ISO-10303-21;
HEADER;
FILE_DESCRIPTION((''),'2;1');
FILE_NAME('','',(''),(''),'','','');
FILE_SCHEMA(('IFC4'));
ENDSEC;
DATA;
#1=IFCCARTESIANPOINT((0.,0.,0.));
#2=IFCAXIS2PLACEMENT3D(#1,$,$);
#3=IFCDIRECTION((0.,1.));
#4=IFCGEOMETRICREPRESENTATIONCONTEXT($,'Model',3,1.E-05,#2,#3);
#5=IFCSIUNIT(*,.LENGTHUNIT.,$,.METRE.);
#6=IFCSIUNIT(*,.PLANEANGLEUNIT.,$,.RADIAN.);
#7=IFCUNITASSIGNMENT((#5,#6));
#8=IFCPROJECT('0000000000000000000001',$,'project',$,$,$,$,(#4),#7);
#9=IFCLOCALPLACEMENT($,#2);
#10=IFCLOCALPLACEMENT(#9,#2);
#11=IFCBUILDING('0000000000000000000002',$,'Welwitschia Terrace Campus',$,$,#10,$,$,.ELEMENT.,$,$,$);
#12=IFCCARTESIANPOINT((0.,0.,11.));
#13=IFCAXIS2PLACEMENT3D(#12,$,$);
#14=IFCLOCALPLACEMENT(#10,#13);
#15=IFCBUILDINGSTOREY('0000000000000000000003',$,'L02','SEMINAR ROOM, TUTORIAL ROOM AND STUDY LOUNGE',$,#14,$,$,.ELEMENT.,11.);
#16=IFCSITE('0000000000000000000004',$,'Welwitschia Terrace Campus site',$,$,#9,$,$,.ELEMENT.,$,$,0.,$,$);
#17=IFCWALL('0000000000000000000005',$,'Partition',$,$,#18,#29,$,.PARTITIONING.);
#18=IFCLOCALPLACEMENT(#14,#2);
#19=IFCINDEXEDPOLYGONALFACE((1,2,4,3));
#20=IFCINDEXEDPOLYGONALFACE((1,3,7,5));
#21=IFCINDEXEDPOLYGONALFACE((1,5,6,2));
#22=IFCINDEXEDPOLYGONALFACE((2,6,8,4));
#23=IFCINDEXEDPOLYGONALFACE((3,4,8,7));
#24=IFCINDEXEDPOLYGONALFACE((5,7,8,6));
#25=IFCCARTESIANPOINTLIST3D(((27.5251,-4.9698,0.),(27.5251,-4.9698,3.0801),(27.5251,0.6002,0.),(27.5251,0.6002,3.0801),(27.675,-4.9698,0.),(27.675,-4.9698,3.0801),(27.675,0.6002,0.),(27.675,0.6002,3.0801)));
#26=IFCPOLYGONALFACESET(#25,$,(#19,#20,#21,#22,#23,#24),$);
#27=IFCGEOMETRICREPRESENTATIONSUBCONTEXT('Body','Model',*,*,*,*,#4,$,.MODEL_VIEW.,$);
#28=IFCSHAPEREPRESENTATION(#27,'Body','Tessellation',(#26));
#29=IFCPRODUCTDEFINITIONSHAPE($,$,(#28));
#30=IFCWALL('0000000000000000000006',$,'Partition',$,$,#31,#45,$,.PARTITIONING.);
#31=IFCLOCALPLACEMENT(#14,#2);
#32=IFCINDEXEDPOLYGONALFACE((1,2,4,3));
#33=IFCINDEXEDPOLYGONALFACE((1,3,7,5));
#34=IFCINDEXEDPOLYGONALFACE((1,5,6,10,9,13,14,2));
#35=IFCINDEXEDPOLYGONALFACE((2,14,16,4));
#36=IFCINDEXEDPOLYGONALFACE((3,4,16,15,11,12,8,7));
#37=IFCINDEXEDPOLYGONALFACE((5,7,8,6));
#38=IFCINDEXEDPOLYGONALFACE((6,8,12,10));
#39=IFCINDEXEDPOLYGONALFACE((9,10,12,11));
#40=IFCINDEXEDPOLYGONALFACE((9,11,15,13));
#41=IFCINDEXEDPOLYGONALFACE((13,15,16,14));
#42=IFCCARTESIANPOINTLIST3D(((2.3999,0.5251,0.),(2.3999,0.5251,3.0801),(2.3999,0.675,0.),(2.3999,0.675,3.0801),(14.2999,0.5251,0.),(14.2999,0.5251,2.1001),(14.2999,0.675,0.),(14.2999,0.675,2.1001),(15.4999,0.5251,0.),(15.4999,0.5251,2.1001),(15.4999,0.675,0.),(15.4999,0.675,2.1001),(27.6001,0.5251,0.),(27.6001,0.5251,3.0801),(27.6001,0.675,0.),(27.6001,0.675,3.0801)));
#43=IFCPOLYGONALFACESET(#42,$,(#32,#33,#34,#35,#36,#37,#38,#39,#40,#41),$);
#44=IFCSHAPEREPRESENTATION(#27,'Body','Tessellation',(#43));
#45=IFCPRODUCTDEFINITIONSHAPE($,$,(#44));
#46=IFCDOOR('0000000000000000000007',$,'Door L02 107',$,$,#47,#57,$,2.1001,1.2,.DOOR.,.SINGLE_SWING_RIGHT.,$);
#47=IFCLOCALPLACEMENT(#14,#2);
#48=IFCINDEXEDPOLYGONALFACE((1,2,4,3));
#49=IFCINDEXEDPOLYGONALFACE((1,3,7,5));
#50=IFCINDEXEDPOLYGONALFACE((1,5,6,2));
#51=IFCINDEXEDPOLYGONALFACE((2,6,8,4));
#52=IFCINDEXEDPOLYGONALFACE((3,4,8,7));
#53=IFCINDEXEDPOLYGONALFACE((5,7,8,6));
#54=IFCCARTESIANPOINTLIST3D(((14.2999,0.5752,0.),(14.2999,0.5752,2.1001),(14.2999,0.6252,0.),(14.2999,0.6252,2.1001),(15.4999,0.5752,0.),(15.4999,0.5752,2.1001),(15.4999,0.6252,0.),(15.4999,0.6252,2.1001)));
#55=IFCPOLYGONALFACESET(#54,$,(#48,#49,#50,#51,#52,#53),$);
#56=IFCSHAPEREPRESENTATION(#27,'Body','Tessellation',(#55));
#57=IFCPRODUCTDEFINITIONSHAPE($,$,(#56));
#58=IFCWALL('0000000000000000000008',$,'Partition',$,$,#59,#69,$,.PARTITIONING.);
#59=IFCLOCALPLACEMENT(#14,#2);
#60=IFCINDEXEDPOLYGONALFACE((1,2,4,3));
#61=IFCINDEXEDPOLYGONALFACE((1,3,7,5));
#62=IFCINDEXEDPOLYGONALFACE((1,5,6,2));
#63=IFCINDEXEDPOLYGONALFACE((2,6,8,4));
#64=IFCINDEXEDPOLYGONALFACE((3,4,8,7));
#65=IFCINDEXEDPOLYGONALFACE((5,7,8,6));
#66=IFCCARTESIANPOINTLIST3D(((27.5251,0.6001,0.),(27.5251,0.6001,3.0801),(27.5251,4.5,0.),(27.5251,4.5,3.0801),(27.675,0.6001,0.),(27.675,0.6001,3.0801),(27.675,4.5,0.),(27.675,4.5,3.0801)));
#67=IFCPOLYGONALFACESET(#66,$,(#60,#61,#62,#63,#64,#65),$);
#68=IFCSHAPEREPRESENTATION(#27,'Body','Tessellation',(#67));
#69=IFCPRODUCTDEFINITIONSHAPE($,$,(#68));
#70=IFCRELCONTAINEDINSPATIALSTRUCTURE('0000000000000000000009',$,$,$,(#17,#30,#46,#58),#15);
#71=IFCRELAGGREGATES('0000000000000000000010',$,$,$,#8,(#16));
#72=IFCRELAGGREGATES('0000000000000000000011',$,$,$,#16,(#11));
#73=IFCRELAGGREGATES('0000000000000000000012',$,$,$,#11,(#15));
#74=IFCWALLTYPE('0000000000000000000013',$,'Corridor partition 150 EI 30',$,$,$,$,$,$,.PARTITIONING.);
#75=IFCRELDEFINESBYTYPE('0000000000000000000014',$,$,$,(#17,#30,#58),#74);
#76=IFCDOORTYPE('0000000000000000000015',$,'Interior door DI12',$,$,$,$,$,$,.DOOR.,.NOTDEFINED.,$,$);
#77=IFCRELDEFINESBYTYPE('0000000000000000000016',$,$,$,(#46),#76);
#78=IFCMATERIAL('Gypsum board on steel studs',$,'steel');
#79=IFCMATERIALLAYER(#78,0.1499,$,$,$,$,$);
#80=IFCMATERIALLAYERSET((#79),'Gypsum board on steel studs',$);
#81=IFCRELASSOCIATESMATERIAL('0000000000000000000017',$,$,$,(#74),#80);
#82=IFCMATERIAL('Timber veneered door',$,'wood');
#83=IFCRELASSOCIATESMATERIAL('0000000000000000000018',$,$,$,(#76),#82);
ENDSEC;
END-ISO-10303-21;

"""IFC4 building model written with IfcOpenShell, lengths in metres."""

from ifc_helpers import new_model, si_unit, direction, frame, frame_2d, origin, place, context, subcontext, project, spatial, rectangle, extrude, material, layer, layer_set, type_object, element, fill, save


model = new_model("IFC4")

# Units and contexts
model_context = context("Model", 3, precision=1e-05, world=origin(), true_north=direction((0.0, 1.0)))
body_context = subcontext(model_context, "Body", "Model", "MODEL_VIEW")
ifc_project = project(units=[si_unit("LENGTHUNIT", "METRE"), si_unit("PLANEANGLEUNIT", "RADIAN")], contexts=[model_context])

# Site, building, storey
site_placement = place(None, origin())
site = spatial("IfcSite", under=ifc_project, at=site_placement, Name="Welwitschia Terrace Campus site", CompositionType="ELEMENT", RefElevation=0.0)
building_placement = place(site_placement, origin())
building = spatial("IfcBuilding", under=site, at=building_placement, Name="Welwitschia Terrace Campus", CompositionType="ELEMENT")
storey_placement = place(building_placement, frame((0.0, 0.0, 11.0)))
storey = spatial("IfcBuildingStorey", under=building, at=storey_placement, Name="L02", Description="SEMINAR ROOM, TUTORIAL ROOM AND STUDY LOUNGE", CompositionType="ELEMENT", Elevation=11.0)

# Wall
ifc_material_1 = material(Name="Gypsum board on steel studs", Category="steel")
ifc_layer_1 = layer(ifc_material_1, 0.1499)
ifc_layer_set_1 = layer_set([ifc_layer_1], Name="Gypsum board on steel studs")
wall_type_1 = type_object("IfcWallType", Name="Corridor partition 150 EI 30", PredefinedType="PARTITIONING", material=ifc_layer_set_1)
wall_1_placement = place(storey_placement, frame((27.6001, -4.97, 0.0), z_axis=(0.0, 0.0, 1.0), x_axis=(0.0, 1.0, 0.0)))
element("IfcWall", 1, at=wall_1_placement, inside=storey, type_object=wall_type_1, Name="Partition", PredefinedType="PARTITIONING", context=body_context, shape_type="SweptSolid", body=[
    extrude(rectangle(XDim=5.5701, YDim=0.1499, at=frame_2d((2.7852, 0.0))), origin(), (0.0, 0.0, 1.0), 3.0801),
])

# Wall, opening, door
wall_2_placement = place(storey_placement, frame((27.6001, 0.6001, 0.0), z_axis=(0.0, 0.0, 1.0), x_axis=(-1.0, 0.0, 0.0)))
wall_2 = element("IfcWall", 2, at=wall_2_placement, inside=storey, type_object=wall_type_1, Name="Partition", PredefinedType="PARTITIONING", context=body_context, shape_type="SweptSolid", body=[
    extrude(rectangle(XDim=25.2002, YDim=0.1499, at=frame_2d((12.6001, 0.0))), origin(), (0.0, 0.0, 1.0), 3.0801),
])
opening_1_placement = place(wall_2_placement, frame((12.1001, 0.0, 0.0)))
opening_1 = element("IfcOpeningElement", 3, at=opening_1_placement, cuts=wall_2, PredefinedType="OPENING", context=body_context, shape_type="SweptSolid", body=[
    extrude(rectangle(XDim=1.2, YDim=2.1001, at=frame_2d((0.6001, 1.05))), frame((0.0, 0.085, 0.0), z_axis=(0.0, -1.0, 0.0), x_axis=(1.0, 0.0, 0.0)), (0.0, 0.0, 1.0), 0.1699),
])
ifc_material_2 = material(Name="Timber veneered door", Category="wood")
door_type_1 = type_object("IfcDoorType", Name="Interior door DI12", OperationType="NOTDEFINED", PredefinedType="DOOR", material=ifc_material_2)
door_1_placement = place(opening_1_placement, origin())
door_1 = element("IfcDoor", 4, at=door_1_placement, inside=storey, type_object=door_type_1, Name="Door L02 107", OperationType="SINGLE_SWING_RIGHT", OverallHeight=2.1001, OverallWidth=1.2, PredefinedType="DOOR", context=body_context, shape_type="SweptSolid", body=[
    extrude(rectangle(XDim=1.2, YDim=2.1001, at=frame_2d((0.6001, 1.05))), frame((0.0, 0.0249, 0.0), z_axis=(0.0, -1.0, 0.0), x_axis=(1.0, 0.0, 0.0)), (0.0, 0.0, 1.0), 0.05),
])
fill(opening_1, door_1)

# Wall
wall_3_placement = place(storey_placement, frame((27.6001, 0.6001, 0.0), z_axis=(0.0, 0.0, 1.0), x_axis=(0.0, 1.0, 0.0)))
element("IfcWall", 5, at=wall_3_placement, inside=storey, type_object=wall_type_1, Name="Partition", PredefinedType="PARTITIONING", context=body_context, shape_type="SweptSolid", body=[
    extrude(rectangle(XDim=3.8999, YDim=0.1499, at=frame_2d((1.95, 0.0))), origin(), (0.0, 0.0, 1.0), 3.0801),
])

save(model, "model.ifc")
